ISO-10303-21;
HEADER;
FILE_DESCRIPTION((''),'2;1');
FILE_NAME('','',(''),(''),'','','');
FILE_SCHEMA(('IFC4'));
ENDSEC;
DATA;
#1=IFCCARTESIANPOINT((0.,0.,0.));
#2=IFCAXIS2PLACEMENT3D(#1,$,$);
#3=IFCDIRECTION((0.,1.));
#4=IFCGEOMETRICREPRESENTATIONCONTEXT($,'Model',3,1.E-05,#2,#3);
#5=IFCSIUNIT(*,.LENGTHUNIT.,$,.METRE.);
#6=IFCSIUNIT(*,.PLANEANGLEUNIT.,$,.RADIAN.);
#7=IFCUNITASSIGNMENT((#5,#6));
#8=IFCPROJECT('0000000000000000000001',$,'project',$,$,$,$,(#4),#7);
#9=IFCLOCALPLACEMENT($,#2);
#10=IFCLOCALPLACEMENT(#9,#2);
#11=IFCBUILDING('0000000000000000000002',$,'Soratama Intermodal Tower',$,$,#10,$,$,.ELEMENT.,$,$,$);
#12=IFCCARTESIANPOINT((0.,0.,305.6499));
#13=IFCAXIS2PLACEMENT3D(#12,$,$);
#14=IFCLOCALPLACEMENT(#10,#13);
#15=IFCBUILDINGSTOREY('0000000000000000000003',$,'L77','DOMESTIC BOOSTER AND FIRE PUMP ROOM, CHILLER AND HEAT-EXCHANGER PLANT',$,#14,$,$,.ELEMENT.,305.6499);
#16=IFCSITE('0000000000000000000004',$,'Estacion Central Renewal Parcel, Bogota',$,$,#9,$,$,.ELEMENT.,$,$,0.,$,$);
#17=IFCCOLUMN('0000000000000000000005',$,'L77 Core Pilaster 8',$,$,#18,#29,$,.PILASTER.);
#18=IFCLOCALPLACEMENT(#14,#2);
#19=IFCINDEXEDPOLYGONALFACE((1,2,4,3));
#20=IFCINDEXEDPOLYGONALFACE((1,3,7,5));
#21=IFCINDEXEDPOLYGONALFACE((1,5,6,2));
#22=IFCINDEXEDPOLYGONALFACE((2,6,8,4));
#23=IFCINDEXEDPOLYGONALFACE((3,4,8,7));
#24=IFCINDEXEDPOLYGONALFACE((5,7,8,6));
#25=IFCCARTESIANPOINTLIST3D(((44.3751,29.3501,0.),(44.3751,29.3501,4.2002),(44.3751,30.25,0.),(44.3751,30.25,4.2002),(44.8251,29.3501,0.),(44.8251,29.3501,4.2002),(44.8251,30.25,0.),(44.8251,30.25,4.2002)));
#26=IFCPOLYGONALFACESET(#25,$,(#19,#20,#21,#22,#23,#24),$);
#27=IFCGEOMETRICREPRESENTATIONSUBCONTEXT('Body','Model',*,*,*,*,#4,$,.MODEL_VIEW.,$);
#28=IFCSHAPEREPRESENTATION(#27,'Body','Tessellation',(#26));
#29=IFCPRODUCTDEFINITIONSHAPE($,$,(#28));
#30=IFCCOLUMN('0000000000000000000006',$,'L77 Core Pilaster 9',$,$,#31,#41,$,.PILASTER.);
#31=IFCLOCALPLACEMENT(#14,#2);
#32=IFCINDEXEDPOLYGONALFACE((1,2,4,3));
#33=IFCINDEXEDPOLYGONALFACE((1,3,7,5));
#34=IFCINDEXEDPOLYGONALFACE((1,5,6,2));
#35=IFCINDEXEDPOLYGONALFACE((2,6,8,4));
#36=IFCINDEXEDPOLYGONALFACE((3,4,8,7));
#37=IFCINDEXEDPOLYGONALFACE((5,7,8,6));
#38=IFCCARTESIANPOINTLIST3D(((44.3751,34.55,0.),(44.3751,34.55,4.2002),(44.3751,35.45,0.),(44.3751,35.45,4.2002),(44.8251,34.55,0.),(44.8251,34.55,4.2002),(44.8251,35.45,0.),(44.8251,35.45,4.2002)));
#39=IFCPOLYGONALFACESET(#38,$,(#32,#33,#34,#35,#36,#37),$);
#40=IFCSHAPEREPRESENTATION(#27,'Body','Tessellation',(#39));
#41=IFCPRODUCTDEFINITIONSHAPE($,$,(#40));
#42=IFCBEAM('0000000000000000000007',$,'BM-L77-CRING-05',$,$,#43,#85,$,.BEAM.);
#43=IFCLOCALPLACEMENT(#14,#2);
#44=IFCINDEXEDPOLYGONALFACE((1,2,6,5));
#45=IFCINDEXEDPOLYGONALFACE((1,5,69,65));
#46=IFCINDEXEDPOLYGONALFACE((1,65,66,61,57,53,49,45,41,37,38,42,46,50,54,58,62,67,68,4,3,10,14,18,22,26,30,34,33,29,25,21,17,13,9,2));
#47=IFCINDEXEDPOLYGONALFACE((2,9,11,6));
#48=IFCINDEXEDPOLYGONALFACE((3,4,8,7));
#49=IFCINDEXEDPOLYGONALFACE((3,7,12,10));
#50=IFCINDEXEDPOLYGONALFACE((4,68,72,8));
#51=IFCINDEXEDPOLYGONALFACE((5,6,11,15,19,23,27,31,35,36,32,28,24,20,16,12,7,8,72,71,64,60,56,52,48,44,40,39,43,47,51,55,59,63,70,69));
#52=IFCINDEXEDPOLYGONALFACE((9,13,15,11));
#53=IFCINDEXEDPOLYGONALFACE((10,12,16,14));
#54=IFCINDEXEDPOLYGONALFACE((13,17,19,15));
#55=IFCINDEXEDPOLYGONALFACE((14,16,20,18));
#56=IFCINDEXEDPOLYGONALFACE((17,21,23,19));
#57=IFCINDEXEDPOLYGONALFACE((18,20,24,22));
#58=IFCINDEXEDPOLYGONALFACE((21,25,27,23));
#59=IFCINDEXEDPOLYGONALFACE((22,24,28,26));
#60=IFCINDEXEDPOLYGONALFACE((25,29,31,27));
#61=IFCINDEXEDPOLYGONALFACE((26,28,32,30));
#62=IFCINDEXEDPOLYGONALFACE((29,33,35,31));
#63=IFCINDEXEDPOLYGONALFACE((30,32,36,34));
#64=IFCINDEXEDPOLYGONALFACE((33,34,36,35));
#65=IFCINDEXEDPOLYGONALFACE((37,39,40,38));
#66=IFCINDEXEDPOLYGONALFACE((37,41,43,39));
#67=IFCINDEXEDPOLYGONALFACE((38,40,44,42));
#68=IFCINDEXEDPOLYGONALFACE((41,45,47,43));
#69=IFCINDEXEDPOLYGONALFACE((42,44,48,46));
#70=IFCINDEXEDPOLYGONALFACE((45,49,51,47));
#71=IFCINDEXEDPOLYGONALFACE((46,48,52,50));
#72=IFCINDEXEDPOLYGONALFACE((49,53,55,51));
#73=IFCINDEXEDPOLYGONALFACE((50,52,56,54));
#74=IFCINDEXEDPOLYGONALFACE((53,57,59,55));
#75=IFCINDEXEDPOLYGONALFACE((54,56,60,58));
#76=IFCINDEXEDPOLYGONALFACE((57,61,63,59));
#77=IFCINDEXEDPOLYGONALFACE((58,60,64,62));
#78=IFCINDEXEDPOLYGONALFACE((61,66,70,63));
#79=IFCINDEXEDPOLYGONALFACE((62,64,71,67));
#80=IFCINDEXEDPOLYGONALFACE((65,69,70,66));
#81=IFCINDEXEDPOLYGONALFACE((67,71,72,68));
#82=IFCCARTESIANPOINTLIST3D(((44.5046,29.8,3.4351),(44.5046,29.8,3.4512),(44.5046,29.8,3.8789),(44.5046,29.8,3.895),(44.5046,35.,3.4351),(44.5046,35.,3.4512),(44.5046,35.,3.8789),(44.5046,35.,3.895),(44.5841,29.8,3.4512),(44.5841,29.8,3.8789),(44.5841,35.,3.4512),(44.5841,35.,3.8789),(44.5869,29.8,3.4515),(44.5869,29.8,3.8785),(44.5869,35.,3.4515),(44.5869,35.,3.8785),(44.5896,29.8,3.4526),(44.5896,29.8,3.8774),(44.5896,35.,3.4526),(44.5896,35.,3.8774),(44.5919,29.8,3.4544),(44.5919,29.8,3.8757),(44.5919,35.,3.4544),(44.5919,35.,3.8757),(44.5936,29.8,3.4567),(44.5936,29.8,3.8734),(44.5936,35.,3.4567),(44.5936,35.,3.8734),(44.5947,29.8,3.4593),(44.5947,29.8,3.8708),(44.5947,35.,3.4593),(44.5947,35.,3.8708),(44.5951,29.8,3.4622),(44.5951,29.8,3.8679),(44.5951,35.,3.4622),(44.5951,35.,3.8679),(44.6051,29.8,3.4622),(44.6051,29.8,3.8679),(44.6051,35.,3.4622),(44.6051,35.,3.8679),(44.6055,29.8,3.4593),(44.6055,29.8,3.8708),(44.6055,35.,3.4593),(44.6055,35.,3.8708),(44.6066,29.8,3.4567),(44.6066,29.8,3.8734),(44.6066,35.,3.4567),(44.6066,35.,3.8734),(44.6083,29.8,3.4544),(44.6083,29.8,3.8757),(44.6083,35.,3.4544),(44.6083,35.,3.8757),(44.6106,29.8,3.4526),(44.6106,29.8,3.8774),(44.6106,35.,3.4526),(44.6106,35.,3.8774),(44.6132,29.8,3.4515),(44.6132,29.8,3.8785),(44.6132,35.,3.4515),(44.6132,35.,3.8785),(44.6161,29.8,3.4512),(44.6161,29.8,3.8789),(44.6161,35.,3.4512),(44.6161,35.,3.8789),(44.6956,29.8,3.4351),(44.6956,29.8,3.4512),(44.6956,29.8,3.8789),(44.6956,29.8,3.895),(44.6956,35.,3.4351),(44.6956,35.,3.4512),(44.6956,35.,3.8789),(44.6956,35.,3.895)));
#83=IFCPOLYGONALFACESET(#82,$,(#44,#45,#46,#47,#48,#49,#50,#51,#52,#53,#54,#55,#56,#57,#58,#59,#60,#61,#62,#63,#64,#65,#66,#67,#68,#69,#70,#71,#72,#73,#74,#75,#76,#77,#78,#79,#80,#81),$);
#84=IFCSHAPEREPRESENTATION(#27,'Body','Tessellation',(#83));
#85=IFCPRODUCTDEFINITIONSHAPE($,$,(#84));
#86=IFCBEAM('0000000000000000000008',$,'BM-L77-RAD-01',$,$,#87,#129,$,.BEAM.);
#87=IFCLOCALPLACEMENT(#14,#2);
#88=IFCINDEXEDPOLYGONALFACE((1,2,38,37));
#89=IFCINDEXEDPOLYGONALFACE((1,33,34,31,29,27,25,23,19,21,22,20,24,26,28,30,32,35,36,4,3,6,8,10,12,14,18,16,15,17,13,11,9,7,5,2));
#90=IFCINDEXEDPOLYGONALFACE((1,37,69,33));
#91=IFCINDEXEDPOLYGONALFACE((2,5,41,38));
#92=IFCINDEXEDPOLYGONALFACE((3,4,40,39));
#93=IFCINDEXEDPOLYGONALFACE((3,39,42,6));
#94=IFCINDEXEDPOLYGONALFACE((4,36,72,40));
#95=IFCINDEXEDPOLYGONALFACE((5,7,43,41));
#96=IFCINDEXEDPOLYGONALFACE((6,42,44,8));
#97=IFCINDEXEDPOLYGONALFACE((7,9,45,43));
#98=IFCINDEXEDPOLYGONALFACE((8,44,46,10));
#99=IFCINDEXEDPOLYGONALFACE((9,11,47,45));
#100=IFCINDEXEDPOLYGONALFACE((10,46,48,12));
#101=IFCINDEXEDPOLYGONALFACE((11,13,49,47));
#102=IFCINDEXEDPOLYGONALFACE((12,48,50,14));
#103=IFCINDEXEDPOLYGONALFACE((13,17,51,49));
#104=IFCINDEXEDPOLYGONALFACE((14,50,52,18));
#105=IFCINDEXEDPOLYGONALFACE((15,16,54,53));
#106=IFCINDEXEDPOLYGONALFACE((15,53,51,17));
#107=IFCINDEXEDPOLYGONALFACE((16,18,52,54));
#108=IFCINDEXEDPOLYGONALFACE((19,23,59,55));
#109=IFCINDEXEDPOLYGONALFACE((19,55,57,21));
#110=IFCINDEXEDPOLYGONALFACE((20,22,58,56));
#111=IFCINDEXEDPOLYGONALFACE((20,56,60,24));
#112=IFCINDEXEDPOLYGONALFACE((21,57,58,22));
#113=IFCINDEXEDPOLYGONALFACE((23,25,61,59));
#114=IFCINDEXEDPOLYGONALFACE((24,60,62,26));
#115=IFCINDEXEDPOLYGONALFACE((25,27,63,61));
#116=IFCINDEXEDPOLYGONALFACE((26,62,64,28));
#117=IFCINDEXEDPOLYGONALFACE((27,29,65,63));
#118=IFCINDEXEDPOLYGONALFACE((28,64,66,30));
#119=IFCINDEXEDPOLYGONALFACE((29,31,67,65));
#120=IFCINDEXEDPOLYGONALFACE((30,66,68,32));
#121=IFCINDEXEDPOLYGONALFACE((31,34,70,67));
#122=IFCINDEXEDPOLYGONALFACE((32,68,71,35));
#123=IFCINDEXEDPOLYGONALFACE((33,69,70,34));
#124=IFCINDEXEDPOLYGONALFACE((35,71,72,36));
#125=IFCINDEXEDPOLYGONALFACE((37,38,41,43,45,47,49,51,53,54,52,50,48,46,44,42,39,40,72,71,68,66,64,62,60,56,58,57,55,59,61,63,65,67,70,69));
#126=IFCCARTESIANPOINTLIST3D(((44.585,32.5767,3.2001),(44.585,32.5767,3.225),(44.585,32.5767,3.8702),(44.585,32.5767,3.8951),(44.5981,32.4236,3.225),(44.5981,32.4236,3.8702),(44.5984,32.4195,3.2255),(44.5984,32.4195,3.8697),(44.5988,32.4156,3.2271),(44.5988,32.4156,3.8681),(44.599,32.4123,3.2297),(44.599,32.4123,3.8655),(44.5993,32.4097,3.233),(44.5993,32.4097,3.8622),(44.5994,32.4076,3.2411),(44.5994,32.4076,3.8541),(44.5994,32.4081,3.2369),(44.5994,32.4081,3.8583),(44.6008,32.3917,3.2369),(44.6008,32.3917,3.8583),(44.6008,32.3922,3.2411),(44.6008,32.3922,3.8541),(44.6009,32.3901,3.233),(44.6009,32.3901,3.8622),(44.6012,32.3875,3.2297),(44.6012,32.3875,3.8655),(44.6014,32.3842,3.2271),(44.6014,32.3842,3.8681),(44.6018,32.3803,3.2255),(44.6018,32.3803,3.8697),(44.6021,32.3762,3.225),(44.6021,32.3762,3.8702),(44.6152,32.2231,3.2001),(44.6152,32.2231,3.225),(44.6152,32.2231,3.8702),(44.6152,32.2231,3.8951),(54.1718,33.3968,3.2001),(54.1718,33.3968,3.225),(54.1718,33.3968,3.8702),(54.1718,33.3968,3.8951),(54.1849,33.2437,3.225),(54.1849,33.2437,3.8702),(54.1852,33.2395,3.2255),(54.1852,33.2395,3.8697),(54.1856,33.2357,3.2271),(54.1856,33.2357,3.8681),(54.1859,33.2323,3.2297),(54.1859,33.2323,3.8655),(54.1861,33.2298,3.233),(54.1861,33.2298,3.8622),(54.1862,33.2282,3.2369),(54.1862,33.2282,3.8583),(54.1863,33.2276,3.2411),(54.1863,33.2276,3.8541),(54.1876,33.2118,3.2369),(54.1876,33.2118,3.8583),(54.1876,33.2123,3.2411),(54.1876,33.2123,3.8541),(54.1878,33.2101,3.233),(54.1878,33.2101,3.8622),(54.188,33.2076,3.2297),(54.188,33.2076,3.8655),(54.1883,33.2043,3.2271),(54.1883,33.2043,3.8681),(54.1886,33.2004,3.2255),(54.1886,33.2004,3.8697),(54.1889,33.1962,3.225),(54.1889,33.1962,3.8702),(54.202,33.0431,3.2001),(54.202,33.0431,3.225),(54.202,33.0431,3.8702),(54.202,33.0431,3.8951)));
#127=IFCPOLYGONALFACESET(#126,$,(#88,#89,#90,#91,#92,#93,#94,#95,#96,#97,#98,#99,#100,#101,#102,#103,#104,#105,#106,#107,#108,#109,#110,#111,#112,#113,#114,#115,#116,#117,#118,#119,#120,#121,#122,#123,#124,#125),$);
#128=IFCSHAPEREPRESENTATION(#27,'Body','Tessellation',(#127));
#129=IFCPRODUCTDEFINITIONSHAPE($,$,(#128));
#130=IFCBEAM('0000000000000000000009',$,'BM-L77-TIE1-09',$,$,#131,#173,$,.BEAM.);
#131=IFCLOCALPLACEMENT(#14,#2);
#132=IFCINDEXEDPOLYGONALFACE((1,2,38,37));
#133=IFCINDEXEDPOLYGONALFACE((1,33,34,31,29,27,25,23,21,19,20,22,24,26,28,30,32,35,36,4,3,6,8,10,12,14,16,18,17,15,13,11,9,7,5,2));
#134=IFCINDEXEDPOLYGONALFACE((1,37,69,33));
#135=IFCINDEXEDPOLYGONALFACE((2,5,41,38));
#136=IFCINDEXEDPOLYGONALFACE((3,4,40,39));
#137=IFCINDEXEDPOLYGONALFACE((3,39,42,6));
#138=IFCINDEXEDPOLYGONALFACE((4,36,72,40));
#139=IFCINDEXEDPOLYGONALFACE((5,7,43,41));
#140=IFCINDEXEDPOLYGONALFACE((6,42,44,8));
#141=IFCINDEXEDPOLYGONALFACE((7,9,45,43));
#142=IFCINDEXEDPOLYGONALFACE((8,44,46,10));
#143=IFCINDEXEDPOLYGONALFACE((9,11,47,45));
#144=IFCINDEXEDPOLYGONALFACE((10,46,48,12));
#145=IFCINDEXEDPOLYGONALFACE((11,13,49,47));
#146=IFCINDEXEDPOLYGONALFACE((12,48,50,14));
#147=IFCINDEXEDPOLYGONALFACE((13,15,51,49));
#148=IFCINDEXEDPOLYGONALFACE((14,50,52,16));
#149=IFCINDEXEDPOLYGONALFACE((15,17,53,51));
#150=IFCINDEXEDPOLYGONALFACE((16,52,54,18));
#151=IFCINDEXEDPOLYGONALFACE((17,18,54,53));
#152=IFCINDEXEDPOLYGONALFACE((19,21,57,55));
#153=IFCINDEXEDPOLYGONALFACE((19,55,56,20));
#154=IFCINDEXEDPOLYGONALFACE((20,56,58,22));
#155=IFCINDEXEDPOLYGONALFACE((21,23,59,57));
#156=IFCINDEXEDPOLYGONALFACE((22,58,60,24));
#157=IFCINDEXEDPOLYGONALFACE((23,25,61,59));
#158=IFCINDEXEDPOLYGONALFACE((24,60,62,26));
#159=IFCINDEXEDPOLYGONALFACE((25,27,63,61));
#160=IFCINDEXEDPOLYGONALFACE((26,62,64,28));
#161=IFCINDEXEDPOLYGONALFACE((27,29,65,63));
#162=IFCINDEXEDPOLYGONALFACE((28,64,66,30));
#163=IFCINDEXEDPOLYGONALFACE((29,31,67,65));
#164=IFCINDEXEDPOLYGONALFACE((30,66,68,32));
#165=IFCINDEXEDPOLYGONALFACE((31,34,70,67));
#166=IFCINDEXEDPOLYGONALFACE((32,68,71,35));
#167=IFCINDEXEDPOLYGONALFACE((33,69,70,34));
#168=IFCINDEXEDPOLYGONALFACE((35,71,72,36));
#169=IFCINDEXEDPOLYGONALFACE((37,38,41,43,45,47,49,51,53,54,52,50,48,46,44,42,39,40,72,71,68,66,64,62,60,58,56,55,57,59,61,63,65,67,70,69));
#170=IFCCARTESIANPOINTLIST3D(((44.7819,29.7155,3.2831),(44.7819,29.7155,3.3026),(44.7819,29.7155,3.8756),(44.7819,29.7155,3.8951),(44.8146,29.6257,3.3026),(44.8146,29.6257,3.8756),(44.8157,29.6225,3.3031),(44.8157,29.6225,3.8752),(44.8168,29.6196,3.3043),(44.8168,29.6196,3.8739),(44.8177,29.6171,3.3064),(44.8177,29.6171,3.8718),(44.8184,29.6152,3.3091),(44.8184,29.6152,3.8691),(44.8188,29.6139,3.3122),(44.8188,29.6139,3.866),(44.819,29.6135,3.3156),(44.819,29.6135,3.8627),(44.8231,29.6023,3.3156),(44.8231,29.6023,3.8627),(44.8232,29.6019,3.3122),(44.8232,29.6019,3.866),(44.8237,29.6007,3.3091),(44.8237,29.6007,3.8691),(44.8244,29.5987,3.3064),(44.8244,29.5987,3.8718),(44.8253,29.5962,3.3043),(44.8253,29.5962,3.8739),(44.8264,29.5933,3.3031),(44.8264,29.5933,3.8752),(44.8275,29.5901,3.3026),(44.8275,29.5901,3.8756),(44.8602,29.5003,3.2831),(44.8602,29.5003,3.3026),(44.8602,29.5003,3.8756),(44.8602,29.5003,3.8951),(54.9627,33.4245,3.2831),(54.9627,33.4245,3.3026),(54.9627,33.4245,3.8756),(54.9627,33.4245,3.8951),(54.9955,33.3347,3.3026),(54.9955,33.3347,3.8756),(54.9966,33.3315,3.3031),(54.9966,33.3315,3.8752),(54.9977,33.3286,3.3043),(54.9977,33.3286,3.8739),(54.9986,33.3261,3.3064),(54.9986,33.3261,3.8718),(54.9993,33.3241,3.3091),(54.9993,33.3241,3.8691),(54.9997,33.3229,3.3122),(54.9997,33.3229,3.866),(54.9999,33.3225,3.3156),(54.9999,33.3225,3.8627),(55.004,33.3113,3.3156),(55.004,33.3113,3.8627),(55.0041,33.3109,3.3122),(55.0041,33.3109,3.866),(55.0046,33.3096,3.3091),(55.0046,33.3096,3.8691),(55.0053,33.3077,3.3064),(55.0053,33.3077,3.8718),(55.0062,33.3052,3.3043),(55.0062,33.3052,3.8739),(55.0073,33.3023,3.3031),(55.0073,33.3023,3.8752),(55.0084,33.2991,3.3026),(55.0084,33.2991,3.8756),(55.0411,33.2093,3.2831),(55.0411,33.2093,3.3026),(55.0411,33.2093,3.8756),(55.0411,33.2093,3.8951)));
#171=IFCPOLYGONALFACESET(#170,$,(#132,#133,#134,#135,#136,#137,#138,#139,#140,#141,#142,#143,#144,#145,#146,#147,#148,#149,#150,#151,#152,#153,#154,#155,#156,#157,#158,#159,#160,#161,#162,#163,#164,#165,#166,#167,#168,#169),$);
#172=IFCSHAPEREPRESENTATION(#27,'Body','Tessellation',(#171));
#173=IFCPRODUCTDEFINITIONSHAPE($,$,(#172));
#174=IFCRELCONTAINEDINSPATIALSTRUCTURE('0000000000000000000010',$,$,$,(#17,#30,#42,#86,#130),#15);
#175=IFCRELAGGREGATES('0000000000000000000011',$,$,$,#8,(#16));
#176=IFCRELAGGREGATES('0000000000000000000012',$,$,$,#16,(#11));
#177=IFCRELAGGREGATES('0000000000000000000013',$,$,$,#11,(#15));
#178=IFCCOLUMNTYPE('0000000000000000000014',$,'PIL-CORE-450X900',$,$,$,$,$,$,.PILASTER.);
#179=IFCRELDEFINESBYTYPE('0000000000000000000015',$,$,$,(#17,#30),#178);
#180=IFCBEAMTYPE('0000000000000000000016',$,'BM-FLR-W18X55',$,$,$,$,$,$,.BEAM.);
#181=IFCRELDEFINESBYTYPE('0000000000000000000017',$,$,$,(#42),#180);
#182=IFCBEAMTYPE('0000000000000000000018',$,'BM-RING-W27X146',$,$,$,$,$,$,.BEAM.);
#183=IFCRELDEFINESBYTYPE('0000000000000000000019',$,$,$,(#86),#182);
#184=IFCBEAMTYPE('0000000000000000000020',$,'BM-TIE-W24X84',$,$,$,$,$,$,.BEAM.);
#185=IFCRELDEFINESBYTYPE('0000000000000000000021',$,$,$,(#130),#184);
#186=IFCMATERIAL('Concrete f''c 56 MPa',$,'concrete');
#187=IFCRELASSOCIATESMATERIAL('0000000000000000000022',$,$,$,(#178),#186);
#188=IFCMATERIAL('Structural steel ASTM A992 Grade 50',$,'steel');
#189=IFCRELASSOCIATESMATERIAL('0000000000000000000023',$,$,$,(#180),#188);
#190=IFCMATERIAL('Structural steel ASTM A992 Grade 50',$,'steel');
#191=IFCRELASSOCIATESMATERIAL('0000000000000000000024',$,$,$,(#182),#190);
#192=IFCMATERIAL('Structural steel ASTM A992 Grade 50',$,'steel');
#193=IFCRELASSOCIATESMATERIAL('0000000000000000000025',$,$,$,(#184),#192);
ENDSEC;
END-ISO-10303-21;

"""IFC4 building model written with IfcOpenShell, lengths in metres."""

from ifc_helpers import new_model, si_unit, direction, frame, origin, origin_2d, place, context, subcontext, project, spatial, rectangle, i_section, extrude, material, material_profile, profile_set, type_object, element, save


model = new_model("IFC4")

# Units and contexts
model_context = context("Model", 3, precision=1e-05, world=origin(), true_north=direction((0.0, 1.0)))
body_context = subcontext(model_context, "Body", "Model", "MODEL_VIEW")
ifc_project = project(units=[si_unit("LENGTHUNIT", "METRE"), si_unit("PLANEANGLEUNIT", "RADIAN")], contexts=[model_context])

# Site, building, storey
site_placement = place(None, origin())
site = spatial("IfcSite", under=ifc_project, at=site_placement, Name="Estacion Central Renewal Parcel, Bogota", CompositionType="ELEMENT", RefElevation=0.0)
building_placement = place(site_placement, origin())
building = spatial("IfcBuilding", under=site, at=building_placement, Name="Soratama Intermodal Tower", CompositionType="ELEMENT")
storey_placement = place(building_placement, frame((0.0, 0.0, 305.6499)))
storey = spatial("IfcBuildingStorey", under=building, at=storey_placement, Name="L77", Description="DOMESTIC BOOSTER AND FIRE PUMP ROOM, CHILLER AND HEAT-EXCHANGER PLANT", CompositionType="ELEMENT", Elevation=305.6499)

# Columns
ifc_material_1 = material(Name="Concrete f'c 56 MPa", Category="concrete")
ifc_material_profile_1 = material_profile(ifc_material_1, rectangle(XDim=0.45, YDim=0.8999, at=origin_2d()), Name="RC450X900")
ifc_profile_set_1 = profile_set([ifc_material_profile_1], Name="Concrete f'c 56 MPa")
column_type = type_object("IfcColumnType", Name="PIL-CORE-450X900", PredefinedType="PILASTER", material=ifc_profile_set_1)
for number, where, z_axis, x_axis, name in (
    (1, (44.6001, 29.8, 0.0), (0.0, 0.0, 1.0), (1.0, 0.0, 0.0), "L77 Core Pilaster 8"),
    (2, (44.6001, 35.0, 0.0), (0.0, 0.0, 1.0), (1.0, 0.0, 0.0), "L77 Core Pilaster 9"),
):
    element("IfcColumn", number, at=place(storey_placement, frame(where, z_axis=z_axis, x_axis=x_axis)), inside=storey, type_object=column_type, Name=name, PredefinedType="PILASTER", context=body_context, shape_type="SweptSolid", body=[
        extrude(rectangle(XDim=0.45, YDim=0.8999, at=origin_2d()), origin(), (0.0, 0.0, 1.0), 4.2002),
    ])

# Beams
ifc_material_2 = material(Name="Structural steel ASTM A992 Grade 50", Category="steel")
ifc_material_profile_2 = material_profile(ifc_material_2, i_section(OverallWidth=0.1909, OverallDepth=0.46, WebThickness=0.01, FlangeThickness=0.0161, FilletRadius=0.011, at=origin_2d()), Name="W18X55")
ifc_profile_set_2 = profile_set([ifc_material_profile_2], Name="Structural steel ASTM A992 Grade 50")
beam_type_1 = type_object("IfcBeamType", Name="BM-FLR-W18X55", PredefinedType="BEAM", material=ifc_profile_set_2)
beam_1_placement = place(storey_placement, frame((44.6001, 29.8, 3.665), z_axis=(0.0, 1.0, 0.0), x_axis=(-1.0, 0.0, 0.0)))
element("IfcBeam", 3, at=beam_1_placement, inside=storey, type_object=beam_type_1, Name="BM-L77-CRING-05", PredefinedType="BEAM", context=body_context, shape_type="SweptSolid", body=[
    extrude(i_section(OverallWidth=0.1909, OverallDepth=0.46, WebThickness=0.01, FlangeThickness=0.0161, FilletRadius=0.011, at=origin_2d()), origin(), (0.0, 0.0, 1.0), 5.2),
])
ifc_material_3 = material(Name="Structural steel ASTM A992 Grade 50", Category="steel")
ifc_material_profile_3 = material_profile(ifc_material_3, i_section(OverallWidth=0.355, OverallDepth=0.6951, WebThickness=0.0154, FlangeThickness=0.0249, FilletRadius=0.0161, at=origin_2d()), Name="W27X146")
ifc_profile_set_3 = profile_set([ifc_material_profile_3], Name="Structural steel ASTM A992 Grade 50")
beam_type_2 = type_object("IfcBeamType", Name="BM-RING-W27X146", PredefinedType="BEAM", material=ifc_profile_set_3)
beam_2_placement = place(storey_placement, frame((44.6001, 32.3999, 3.5476), z_axis=(0.996361, 0.085229, 0.0), x_axis=(-0.085229, 0.996361, 0.0)))
element("IfcBeam", 4, at=beam_2_placement, inside=storey, type_object=beam_type_2, Name="BM-L77-RAD-01", PredefinedType="BEAM", context=body_context, shape_type="SweptSolid", body=[
    extrude(i_section(OverallWidth=0.355, OverallDepth=0.6951, WebThickness=0.0154, FlangeThickness=0.0249, FilletRadius=0.0161, at=origin_2d()), origin(), (0.0, 0.0, 1.0), 9.6218),
])
ifc_material_4 = material(Name="Structural steel ASTM A992 Grade 50", Category="steel")
ifc_material_profile_4 = material_profile(ifc_material_4, i_section(OverallWidth=0.229, OverallDepth=0.6121, WebThickness=0.012, FlangeThickness=0.0195, FilletRadius=0.0129, at=origin_2d()), Name="W24X84")
ifc_profile_set_4 = profile_set([ifc_material_profile_4], Name="Structural steel ASTM A992 Grade 50")
beam_type_3 = type_object("IfcBeamType", Name="BM-TIE-W24X84", PredefinedType="BEAM", material=ifc_profile_set_4)
beam_3_placement = place(storey_placement, frame((44.821, 29.6079, 3.5891), z_axis=(0.939591, 0.3423, 0.0), x_axis=(-0.3423, 0.939591, 0.0)))
element("IfcBeam", 5, at=beam_3_placement, inside=storey, type_object=beam_type_3, Name="BM-L77-TIE1-09", PredefinedType="BEAM", context=body_context, shape_type="SweptSolid", body=[
    extrude(i_section(OverallWidth=0.229, OverallDepth=0.6121, WebThickness=0.012, FlangeThickness=0.0195, FilletRadius=0.0129, at=origin_2d()), origin(), (0.0, 0.0, 1.0), 10.8354),
])

save(model, "model.ifc")
